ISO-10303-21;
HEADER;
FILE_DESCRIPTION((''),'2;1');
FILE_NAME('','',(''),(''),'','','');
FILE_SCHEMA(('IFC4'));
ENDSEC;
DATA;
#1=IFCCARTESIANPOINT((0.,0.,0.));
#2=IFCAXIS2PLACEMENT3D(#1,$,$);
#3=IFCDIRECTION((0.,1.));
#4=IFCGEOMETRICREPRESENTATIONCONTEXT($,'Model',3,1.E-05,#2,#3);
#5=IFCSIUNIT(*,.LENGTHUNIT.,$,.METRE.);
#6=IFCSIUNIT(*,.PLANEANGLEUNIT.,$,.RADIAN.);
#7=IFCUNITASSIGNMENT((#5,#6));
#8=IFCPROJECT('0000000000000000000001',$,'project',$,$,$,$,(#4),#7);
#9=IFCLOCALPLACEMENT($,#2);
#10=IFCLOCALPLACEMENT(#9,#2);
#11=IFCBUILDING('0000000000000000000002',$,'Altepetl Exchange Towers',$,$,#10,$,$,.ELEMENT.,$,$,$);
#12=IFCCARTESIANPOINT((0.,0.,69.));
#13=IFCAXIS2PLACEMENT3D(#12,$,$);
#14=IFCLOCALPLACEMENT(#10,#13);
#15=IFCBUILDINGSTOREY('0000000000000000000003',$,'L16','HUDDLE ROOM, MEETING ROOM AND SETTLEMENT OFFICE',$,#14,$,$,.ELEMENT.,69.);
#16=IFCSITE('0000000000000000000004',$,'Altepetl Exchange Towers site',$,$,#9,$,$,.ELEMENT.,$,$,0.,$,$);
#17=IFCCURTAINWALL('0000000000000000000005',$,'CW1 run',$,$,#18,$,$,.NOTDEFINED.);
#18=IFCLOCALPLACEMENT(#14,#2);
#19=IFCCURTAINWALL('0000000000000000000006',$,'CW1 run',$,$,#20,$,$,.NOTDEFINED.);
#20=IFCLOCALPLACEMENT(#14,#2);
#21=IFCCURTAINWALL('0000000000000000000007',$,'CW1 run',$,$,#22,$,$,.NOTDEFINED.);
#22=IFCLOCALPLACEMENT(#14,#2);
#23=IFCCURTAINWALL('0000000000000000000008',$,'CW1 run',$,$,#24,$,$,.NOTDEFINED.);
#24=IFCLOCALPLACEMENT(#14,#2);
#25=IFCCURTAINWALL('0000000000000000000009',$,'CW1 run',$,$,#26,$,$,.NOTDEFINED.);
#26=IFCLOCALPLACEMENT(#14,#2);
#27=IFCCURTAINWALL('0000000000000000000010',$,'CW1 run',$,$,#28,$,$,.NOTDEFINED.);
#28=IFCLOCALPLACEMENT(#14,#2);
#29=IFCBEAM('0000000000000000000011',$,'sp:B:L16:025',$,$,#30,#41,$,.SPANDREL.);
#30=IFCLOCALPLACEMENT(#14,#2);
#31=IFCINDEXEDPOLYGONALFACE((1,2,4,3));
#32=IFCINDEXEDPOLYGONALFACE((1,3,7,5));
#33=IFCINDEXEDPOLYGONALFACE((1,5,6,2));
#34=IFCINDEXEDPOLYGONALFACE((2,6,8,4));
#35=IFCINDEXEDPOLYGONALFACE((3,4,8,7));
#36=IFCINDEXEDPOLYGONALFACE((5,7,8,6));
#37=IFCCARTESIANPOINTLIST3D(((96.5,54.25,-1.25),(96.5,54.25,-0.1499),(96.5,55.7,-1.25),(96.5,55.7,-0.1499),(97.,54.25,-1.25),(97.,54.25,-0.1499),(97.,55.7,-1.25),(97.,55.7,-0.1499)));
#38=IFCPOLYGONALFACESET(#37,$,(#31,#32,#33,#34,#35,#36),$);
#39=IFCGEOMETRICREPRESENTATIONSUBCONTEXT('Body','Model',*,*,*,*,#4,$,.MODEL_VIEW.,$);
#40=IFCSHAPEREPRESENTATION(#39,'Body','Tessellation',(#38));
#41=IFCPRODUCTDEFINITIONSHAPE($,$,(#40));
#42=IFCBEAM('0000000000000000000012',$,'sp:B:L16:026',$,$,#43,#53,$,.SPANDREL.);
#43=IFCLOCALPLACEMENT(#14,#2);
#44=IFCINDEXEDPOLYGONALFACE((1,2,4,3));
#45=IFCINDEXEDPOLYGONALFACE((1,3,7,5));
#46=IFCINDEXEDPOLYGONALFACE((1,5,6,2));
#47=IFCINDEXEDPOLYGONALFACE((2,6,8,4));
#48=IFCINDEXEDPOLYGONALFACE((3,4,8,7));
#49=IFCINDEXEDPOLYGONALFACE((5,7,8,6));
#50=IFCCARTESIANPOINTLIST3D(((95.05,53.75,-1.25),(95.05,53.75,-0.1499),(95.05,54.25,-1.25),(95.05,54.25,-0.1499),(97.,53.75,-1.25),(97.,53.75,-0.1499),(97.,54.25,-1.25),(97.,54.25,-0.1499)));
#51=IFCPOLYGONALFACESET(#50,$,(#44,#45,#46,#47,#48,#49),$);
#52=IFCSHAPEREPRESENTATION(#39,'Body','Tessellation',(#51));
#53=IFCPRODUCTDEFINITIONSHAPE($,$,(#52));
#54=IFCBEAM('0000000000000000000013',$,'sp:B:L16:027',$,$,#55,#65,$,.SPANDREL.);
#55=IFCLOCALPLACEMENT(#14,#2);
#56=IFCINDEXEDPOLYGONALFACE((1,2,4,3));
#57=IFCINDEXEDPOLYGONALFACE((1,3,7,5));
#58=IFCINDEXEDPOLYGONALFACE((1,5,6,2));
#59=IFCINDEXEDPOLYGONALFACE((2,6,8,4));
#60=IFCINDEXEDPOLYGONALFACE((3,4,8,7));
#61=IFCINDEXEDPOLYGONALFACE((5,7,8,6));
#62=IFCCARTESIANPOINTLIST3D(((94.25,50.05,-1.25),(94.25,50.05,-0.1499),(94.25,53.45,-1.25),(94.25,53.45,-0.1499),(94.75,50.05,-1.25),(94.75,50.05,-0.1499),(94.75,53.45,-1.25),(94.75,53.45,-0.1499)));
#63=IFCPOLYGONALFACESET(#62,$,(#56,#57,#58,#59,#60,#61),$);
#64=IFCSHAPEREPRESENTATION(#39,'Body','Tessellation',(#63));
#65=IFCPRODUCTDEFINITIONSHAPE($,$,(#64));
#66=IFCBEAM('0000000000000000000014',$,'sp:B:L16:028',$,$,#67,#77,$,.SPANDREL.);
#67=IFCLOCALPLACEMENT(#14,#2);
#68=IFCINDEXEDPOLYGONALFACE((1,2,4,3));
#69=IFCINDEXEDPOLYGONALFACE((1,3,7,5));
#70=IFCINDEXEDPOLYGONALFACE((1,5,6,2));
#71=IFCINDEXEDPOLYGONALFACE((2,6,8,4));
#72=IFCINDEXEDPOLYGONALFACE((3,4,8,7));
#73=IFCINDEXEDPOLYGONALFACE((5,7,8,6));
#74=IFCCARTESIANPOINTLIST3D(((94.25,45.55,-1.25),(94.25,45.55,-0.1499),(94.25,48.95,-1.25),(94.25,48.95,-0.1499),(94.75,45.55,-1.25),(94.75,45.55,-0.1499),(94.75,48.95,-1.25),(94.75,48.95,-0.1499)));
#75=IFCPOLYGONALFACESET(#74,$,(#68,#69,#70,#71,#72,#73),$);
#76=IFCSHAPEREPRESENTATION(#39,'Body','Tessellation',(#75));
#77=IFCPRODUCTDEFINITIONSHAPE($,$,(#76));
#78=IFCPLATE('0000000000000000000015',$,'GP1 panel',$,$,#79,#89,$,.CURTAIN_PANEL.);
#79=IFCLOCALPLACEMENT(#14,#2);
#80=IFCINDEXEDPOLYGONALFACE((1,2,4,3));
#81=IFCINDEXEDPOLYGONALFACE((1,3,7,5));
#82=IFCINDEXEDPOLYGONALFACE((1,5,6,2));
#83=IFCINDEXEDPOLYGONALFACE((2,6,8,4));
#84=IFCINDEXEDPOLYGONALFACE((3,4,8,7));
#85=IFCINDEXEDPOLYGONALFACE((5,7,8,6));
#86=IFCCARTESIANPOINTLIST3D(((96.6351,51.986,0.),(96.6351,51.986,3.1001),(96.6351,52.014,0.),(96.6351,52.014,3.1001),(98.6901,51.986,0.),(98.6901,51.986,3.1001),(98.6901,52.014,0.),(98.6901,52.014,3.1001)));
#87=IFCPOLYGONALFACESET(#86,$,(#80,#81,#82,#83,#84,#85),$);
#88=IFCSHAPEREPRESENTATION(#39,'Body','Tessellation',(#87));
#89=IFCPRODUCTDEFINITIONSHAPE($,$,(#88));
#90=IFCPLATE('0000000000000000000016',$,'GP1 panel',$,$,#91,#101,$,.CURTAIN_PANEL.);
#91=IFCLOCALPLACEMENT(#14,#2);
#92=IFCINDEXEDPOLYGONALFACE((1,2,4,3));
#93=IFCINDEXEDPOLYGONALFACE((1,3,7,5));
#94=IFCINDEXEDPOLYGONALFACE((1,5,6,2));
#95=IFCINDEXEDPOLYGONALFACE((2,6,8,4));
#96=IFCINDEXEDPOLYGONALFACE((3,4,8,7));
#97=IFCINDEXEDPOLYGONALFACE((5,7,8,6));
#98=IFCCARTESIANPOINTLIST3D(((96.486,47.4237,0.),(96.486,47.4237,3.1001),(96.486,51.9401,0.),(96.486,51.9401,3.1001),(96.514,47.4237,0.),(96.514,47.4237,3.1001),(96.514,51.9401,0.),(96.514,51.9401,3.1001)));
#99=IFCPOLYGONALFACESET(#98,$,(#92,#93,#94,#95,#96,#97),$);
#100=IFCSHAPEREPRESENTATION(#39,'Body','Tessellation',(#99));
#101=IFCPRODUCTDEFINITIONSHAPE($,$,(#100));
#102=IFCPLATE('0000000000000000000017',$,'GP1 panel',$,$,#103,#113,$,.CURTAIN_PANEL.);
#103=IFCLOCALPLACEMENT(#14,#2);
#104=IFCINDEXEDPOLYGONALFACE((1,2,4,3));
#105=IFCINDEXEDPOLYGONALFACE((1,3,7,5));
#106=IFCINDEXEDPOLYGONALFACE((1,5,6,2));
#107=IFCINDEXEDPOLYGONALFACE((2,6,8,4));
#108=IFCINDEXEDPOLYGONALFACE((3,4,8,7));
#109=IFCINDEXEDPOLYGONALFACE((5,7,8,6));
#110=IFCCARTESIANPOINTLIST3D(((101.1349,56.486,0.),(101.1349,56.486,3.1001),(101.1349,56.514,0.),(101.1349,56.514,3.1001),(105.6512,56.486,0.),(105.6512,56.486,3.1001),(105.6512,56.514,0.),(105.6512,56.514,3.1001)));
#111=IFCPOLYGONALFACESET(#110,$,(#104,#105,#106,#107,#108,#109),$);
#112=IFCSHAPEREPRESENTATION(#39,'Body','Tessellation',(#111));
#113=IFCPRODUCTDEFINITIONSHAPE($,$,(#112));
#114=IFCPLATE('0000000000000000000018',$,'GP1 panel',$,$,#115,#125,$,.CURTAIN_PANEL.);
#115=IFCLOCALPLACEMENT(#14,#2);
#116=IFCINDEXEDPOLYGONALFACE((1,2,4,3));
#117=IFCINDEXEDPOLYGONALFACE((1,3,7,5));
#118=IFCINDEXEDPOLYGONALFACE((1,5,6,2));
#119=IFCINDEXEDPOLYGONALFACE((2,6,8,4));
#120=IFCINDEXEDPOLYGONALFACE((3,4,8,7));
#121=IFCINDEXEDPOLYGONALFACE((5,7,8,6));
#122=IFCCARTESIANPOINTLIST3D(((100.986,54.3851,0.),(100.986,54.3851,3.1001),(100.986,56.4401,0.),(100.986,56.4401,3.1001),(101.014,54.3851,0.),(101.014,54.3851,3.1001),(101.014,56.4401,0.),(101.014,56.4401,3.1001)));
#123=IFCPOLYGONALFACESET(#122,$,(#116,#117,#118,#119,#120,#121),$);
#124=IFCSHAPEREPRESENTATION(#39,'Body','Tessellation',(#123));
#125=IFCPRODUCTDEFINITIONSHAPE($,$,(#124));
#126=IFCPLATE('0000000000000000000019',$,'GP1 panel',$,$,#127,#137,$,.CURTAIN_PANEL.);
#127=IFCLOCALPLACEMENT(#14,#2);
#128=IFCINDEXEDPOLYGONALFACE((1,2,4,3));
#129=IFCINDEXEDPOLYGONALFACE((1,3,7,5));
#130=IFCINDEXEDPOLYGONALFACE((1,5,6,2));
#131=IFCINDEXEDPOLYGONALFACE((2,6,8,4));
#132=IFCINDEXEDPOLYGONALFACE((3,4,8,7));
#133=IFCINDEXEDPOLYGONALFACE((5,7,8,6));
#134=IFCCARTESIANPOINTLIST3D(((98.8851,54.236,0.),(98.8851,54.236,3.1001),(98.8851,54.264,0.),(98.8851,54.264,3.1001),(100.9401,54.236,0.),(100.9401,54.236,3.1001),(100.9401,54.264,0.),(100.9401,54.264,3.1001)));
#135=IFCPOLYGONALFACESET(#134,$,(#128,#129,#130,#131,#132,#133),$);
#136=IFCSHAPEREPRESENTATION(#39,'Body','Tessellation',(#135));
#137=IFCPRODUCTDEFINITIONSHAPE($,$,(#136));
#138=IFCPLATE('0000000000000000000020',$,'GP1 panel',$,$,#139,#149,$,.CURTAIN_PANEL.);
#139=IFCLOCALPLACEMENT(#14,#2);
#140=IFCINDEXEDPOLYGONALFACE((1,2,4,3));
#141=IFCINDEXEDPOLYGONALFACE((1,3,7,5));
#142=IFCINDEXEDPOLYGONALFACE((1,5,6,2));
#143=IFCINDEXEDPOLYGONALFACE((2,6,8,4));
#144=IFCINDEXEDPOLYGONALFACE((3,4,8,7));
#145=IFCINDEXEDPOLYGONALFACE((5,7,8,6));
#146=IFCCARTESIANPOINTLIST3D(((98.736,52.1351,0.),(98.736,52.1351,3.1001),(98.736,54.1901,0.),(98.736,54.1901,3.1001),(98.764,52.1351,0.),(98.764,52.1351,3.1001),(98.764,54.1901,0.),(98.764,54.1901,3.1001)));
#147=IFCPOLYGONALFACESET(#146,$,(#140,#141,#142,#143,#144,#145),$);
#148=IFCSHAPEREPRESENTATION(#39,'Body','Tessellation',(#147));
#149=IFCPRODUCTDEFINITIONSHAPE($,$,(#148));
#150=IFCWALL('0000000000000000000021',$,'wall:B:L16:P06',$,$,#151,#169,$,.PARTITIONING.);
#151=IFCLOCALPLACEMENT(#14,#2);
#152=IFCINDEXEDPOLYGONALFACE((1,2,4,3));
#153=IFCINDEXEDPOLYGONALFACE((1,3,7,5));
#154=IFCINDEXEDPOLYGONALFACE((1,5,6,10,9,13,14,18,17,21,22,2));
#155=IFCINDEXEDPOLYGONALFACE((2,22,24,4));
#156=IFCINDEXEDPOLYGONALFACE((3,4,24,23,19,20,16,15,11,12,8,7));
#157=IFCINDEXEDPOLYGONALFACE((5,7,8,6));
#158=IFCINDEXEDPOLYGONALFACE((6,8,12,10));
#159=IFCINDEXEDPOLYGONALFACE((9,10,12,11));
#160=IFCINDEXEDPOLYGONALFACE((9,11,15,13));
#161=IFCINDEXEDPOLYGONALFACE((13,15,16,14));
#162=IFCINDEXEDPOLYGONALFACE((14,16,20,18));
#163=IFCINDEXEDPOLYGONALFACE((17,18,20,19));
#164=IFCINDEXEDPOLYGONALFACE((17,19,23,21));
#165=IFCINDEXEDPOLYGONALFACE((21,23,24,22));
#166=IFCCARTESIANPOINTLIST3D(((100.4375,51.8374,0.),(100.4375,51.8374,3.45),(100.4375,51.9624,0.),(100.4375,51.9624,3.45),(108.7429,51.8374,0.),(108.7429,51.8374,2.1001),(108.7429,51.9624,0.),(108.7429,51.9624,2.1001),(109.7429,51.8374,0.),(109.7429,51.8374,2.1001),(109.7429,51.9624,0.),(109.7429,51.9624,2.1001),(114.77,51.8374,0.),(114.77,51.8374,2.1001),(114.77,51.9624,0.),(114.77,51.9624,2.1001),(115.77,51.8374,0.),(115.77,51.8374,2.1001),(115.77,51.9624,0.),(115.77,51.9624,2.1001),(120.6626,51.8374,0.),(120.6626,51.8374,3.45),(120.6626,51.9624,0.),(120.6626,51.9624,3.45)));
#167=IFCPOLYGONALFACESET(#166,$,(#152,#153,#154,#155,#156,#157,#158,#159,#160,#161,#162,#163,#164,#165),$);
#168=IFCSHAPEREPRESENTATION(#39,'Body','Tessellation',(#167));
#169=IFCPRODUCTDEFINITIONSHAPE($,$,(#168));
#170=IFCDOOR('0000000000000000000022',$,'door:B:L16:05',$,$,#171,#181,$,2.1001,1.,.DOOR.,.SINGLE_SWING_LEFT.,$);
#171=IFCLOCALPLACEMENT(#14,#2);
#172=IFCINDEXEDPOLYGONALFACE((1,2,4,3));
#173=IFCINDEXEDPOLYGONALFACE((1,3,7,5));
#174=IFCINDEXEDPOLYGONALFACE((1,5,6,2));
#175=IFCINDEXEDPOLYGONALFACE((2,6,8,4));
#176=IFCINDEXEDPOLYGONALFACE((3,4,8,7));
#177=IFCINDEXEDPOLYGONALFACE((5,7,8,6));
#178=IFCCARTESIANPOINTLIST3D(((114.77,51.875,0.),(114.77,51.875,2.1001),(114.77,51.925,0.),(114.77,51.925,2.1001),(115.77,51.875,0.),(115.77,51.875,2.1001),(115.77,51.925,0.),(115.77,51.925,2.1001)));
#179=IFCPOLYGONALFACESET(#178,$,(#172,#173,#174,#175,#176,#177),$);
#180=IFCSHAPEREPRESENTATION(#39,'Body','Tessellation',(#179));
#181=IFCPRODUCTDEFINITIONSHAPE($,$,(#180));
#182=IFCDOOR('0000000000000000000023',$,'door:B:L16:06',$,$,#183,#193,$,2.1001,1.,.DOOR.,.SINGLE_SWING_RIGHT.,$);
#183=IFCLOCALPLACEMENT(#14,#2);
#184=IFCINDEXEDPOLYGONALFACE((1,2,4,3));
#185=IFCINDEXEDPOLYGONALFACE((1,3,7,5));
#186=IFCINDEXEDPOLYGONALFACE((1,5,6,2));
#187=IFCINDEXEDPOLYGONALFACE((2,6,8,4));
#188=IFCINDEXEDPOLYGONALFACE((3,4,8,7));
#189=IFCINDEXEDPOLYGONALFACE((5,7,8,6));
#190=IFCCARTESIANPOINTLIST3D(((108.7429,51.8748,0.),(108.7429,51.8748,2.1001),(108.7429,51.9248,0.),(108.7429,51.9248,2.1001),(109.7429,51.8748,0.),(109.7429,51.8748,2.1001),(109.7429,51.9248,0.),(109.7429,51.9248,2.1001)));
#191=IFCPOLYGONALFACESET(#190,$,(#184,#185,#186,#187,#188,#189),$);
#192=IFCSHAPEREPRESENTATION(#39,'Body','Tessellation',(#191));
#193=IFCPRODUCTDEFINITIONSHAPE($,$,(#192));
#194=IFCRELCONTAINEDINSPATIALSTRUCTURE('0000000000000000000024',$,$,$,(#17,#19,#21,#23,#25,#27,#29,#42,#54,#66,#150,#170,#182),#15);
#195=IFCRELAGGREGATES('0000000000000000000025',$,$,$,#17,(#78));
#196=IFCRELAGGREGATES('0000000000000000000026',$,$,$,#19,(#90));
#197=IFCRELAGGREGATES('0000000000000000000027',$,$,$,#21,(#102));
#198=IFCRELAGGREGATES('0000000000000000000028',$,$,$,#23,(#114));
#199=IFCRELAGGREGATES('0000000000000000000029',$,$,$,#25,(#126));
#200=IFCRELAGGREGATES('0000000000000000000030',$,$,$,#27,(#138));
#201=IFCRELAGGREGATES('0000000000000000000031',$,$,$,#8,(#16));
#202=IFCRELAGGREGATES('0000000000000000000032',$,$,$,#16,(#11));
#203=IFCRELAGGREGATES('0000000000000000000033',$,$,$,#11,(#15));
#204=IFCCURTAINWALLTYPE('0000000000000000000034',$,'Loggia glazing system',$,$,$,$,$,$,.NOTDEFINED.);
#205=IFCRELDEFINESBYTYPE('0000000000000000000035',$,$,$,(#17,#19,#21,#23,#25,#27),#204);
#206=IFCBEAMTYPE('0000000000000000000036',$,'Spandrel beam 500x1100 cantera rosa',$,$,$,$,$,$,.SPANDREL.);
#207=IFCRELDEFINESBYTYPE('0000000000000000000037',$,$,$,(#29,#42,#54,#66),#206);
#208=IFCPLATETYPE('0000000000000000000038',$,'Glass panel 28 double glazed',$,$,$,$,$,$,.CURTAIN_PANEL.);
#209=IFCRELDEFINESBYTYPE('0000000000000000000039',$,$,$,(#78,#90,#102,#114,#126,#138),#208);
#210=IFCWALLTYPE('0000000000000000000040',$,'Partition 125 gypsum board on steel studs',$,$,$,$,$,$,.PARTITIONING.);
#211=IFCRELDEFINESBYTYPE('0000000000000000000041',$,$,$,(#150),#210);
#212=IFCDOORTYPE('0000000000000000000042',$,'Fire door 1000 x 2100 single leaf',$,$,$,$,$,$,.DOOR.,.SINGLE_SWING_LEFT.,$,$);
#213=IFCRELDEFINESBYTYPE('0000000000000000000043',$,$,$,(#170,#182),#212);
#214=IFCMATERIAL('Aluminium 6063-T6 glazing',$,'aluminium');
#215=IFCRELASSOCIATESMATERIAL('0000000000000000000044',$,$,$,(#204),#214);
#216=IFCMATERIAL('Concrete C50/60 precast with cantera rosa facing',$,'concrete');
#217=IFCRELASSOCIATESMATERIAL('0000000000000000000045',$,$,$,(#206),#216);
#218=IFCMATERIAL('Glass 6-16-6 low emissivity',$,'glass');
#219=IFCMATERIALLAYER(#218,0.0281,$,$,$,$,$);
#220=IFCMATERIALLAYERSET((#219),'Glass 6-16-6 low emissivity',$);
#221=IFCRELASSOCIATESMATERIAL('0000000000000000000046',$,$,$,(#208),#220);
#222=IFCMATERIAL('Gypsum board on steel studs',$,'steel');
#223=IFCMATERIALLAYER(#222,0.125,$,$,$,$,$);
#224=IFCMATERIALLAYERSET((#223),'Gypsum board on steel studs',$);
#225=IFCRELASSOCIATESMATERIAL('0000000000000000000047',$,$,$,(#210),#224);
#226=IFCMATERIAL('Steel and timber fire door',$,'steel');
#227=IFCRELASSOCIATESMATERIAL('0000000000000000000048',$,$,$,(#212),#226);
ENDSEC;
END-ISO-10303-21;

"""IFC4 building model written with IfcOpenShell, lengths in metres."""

from ifc_helpers import new_model, si_unit, direction, frame, frame_2d, origin, origin_2d, place, context, subcontext, project, spatial, rectangle, extrude, material, layer, layer_set, material_profile, profile_set, type_object, element, fill, aggregate, save


model = new_model("IFC4")

# Units and contexts
model_context = context("Model", 3, precision=1e-05, world=origin(), true_north=direction((0.0, 1.0)))
body_context = subcontext(model_context, "Body", "Model", "MODEL_VIEW")
ifc_project = project(units=[si_unit("LENGTHUNIT", "METRE"), si_unit("PLANEANGLEUNIT", "RADIAN")], contexts=[model_context])

# Site, building, storey
site_placement = place(None, origin())
site = spatial("IfcSite", under=ifc_project, at=site_placement, Name="Altepetl Exchange Towers site", CompositionType="ELEMENT", RefElevation=0.0)
building_placement = place(site_placement, origin())
building = spatial("IfcBuilding", under=site, at=building_placement, Name="Altepetl Exchange Towers", CompositionType="ELEMENT")
storey_placement = place(building_placement, frame((0.0, 0.0, 69.0)))
storey = spatial("IfcBuildingStorey", under=building, at=storey_placement, Name="L16", Description="HUDDLE ROOM, MEETING ROOM AND SETTLEMENT OFFICE", CompositionType="ELEMENT", Elevation=69.0)

# Curtain walls
ifc_material_1 = material(Name="Aluminium 6063-T6 glazing", Category="aluminium")
curtain_wall_type = type_object("IfcCurtainWallType", Name="Loggia glazing system", PredefinedType="NOTDEFINED", material=ifc_material_1)
curtain_wall_1_placement = place(storey_placement, origin())
curtain_wall_1 = element("IfcCurtainWall", 1, at=curtain_wall_1_placement, inside=storey, type_object=curtain_wall_type, Name="CW1 run", PredefinedType="NOTDEFINED")
curtain_wall_2_placement = place(storey_placement, origin())
curtain_wall_2 = element("IfcCurtainWall", 2, at=curtain_wall_2_placement, inside=storey, type_object=curtain_wall_type, Name="CW1 run", PredefinedType="NOTDEFINED")

# Curtain wall
curtain_wall_3_placement = place(storey_placement, origin())
curtain_wall_3 = element("IfcCurtainWall", 3, at=curtain_wall_3_placement, inside=storey, type_object=curtain_wall_type, Name="CW1 run", PredefinedType="NOTDEFINED")

# Curtain walls
curtain_wall_4_placement = place(storey_placement, origin())
curtain_wall_4 = element("IfcCurtainWall", 4, at=curtain_wall_4_placement, inside=storey, type_object=curtain_wall_type, Name="CW1 run", PredefinedType="NOTDEFINED")
curtain_wall_5_placement = place(storey_placement, origin())
curtain_wall_5 = element("IfcCurtainWall", 5, at=curtain_wall_5_placement, inside=storey, type_object=curtain_wall_type, Name="CW1 run", PredefinedType="NOTDEFINED")
curtain_wall_6_placement = place(storey_placement, origin())
curtain_wall_6 = element("IfcCurtainWall", 6, at=curtain_wall_6_placement, inside=storey, type_object=curtain_wall_type, Name="CW1 run", PredefinedType="NOTDEFINED")

# Beams
ifc_material_2 = material(Name="Concrete C50/60 precast with cantera rosa facing", Category="concrete")
ifc_material_profile_1 = material_profile(ifc_material_2, rectangle(XDim=0.5, YDim=1.1001, at=origin_2d()), Name="500 x 1100")
ifc_profile_set_1 = profile_set([ifc_material_profile_1], Name="Concrete C50/60 precast with cantera rosa facing")
beam_type_1 = type_object("IfcBeamType", Name="Spandrel beam 500x1100 cantera rosa", PredefinedType="SPANDREL", material=ifc_profile_set_1)
beam_1_placement = place(storey_placement, frame((96.75, 55.7, -0.7), z_axis=(0.0, -1.0, 0.0), x_axis=(1.0, 0.0, 0.0)))
element("IfcBeam", 7, at=beam_1_placement, inside=storey, type_object=beam_type_1, Name="sp:B:L16:025", PredefinedType="SPANDREL", context=body_context, shape_type="SweptSolid", body=[
    extrude(rectangle(XDim=0.5, YDim=1.1001, at=origin_2d()), origin(), (0.0, 0.0, 1.0), 1.45),
])
beam_2_placement = place(storey_placement, frame((97.0, 54.0, -0.7), z_axis=(-1.0, 0.0, 0.0), x_axis=(0.0, -1.0, 0.0)))
element("IfcBeam", 8, at=beam_2_placement, inside=storey, type_object=beam_type_1, Name="sp:B:L16:026", PredefinedType="SPANDREL", context=body_context, shape_type="SweptSolid", body=[
    extrude(rectangle(XDim=0.5, YDim=1.1001, at=origin_2d()), origin(), (0.0, 0.0, 1.0), 1.95),
])
for number, where, z_axis, x_axis, name in (
    (9, (94.5, 53.45, -0.7), (0.0, -1.0, 0.0), (1.0, 0.0, 0.0), "sp:B:L16:027"),
    (10, (94.5, 48.95, -0.7), (0.0, -1.0, 0.0), (1.0, 0.0, 0.0), "sp:B:L16:028"),
):
    element("IfcBeam", number, at=place(storey_placement, frame(where, z_axis=z_axis, x_axis=x_axis)), inside=storey, type_object=beam_type_1, Name=name, PredefinedType="SPANDREL", context=body_context, shape_type="SweptSolid", body=[
        extrude(rectangle(XDim=0.5, YDim=1.1001, at=origin_2d()), origin(), (0.0, 0.0, 1.0), 3.3999),
    ])

# Plates
ifc_material_3 = material(Name="Glass 6-16-6 low emissivity", Category="glass")
ifc_layer_1 = layer(ifc_material_3, 0.0281)
ifc_layer_set_1 = layer_set([ifc_layer_1], Name="Glass 6-16-6 low emissivity")
plate_type = type_object("IfcPlateType", Name="Glass panel 28 double glazed", PredefinedType="CURTAIN_PANEL", material=ifc_layer_set_1)
plate_1_placement = place(storey_placement, frame((97.6626, 52.0, 0.0), z_axis=(0.0, 0.0, 1.0), x_axis=(-1.0, 0.0, 0.0)))
plate_1 = element("IfcPlate", 11, at=plate_1_placement, type_object=plate_type, Name="GP1 panel", PredefinedType="CURTAIN_PANEL", context=body_context, shape_type="SweptSolid", body=[
    extrude(rectangle(XDim=2.0549, YDim=0.0281, at=origin_2d()), origin(), (0.0, 0.0, 1.0), 3.1001),
])
aggregate(curtain_wall_1, [plate_1])
plate_2_placement = place(storey_placement, frame((96.5, 49.6819, 0.0), z_axis=(0.0, 0.0, 1.0), x_axis=(0.0, -1.0, 0.0)))
plate_2 = element("IfcPlate", 12, at=plate_2_placement, type_object=plate_type, Name="GP1 panel", PredefinedType="CURTAIN_PANEL", context=body_context, shape_type="SweptSolid", body=[
    extrude(rectangle(XDim=4.5164, YDim=0.0281, at=origin_2d()), origin(), (0.0, 0.0, 1.0), 3.1001),
])
aggregate(curtain_wall_2, [plate_2])
plate_3_placement = place(storey_placement, frame((103.3931, 56.5, 0.0), z_axis=(0.0, 0.0, 1.0), x_axis=(-1.0, 0.0, 0.0)))
plate_3 = element("IfcPlate", 13, at=plate_3_placement, type_object=plate_type, Name="GP1 panel", PredefinedType="CURTAIN_PANEL", context=body_context, shape_type="SweptSolid", body=[
    extrude(rectangle(XDim=4.5164, YDim=0.0281, at=origin_2d()), origin(), (0.0, 0.0, 1.0), 3.1001),
])
aggregate(curtain_wall_3, [plate_3])
plate_4_placement = place(storey_placement, frame((101.0, 55.4126, 0.0), z_axis=(0.0, 0.0, 1.0), x_axis=(0.0, -1.0, 0.0)))
plate_4 = element("IfcPlate", 14, at=plate_4_placement, type_object=plate_type, Name="GP1 panel", PredefinedType="CURTAIN_PANEL", context=body_context, shape_type="SweptSolid", body=[
    extrude(rectangle(XDim=2.0549, YDim=0.0281, at=origin_2d()), origin(), (0.0, 0.0, 1.0), 3.1001),
])
aggregate(curtain_wall_4, [plate_4])
plate_5_placement = place(storey_placement, frame((99.9126, 54.25, 0.0), z_axis=(0.0, 0.0, 1.0), x_axis=(-1.0, 0.0, 0.0)))
plate_5 = element("IfcPlate", 15, at=plate_5_placement, type_object=plate_type, Name="GP1 panel", PredefinedType="CURTAIN_PANEL", context=body_context, shape_type="SweptSolid", body=[
    extrude(rectangle(XDim=2.0549, YDim=0.0281, at=origin_2d()), origin(), (0.0, 0.0, 1.0), 3.1001),
])
aggregate(curtain_wall_5, [plate_5])
plate_6_placement = place(storey_placement, frame((98.75, 53.1626, 0.0), z_axis=(0.0, 0.0, 1.0), x_axis=(0.0, -1.0, 0.0)))
plate_6 = element("IfcPlate", 16, at=plate_6_placement, type_object=plate_type, Name="GP1 panel", PredefinedType="CURTAIN_PANEL", context=body_context, shape_type="SweptSolid", body=[
    extrude(rectangle(XDim=2.0549, YDim=0.0281, at=origin_2d()), origin(), (0.0, 0.0, 1.0), 3.1001),
])
aggregate(curtain_wall_6, [plate_6])

# Wall, openings, doors
ifc_material_4 = material(Name="Gypsum board on steel studs", Category="steel")
ifc_layer_2 = layer(ifc_material_4, 0.125)
ifc_layer_set_2 = layer_set([ifc_layer_2], Name="Gypsum board on steel studs")
wall_type = type_object("IfcWallType", Name="Partition 125 gypsum board on steel studs", PredefinedType="PARTITIONING", material=ifc_layer_set_2)
wall_placement = place(storey_placement, frame((100.4375, 51.8999, 0.0)))
wall = element("IfcWall", 17, at=wall_placement, inside=storey, type_object=wall_type, Name="wall:B:L16:P06", PredefinedType="PARTITIONING", context=body_context, shape_type="SweptSolid", body=[
    extrude(rectangle(XDim=20.2251, YDim=0.125, at=frame_2d((10.1125, 0.0))), origin(), (0.0, 0.0, 1.0), 3.45),
])
opening_1_placement = place(wall_placement, frame((14.3325, 0.0, 0.0)))
opening_1 = element("IfcOpeningElement", 18, at=opening_1_placement, cuts=wall, PredefinedType="OPENING", context=body_context, shape_type="SweptSolid", body=[
    extrude(rectangle(XDim=1.0, YDim=2.1001, at=frame_2d((0.5, 1.05))), frame((0.0, 0.0725, 0.0), z_axis=(0.0, -1.0, 0.0), x_axis=(1.0, 0.0, 0.0)), (0.0, 0.0, 1.0), 0.145),
])
opening_2_placement = place(wall_placement, frame((8.3054, 0.0, 0.0)))
opening_2 = element("IfcOpeningElement", 19, at=opening_2_placement, cuts=wall, PredefinedType="OPENING", context=body_context, shape_type="SweptSolid", body=[
    extrude(rectangle(XDim=1.0, YDim=2.1001, at=frame_2d((0.5, 1.05))), frame((0.0, 0.0725, 0.0), z_axis=(0.0, -1.0, 0.0), x_axis=(1.0, 0.0, 0.0)), (0.0, 0.0, 1.0), 0.145),
])
ifc_material_5 = material(Name="Steel and timber fire door", Category="steel")
door_type = type_object("IfcDoorType", Name="Fire door 1000 x 2100 single leaf", OperationType="SINGLE_SWING_LEFT", PredefinedType="DOOR", material=ifc_material_5)
door_1_placement = place(opening_1_placement, frame((1.0, 0.0, 0.0), x_axis=(-1.0, 0.0, 0.0)))
door_1 = element("IfcDoor", 20, at=door_1_placement, inside=storey, type_object=door_type, Name="door:B:L16:05", OperationType="SINGLE_SWING_LEFT", OverallHeight=2.1001, OverallWidth=1.0, PredefinedType="DOOR", context=body_context, shape_type="SweptSolid", body=[
    extrude(rectangle(XDim=1.0, YDim=2.1001, at=frame_2d((0.5, 1.05))), frame((0.0, 0.0249, 0.0), z_axis=(0.0, -1.0, 0.0), x_axis=(1.0, 0.0, 0.0)), (0.0, 0.0, 1.0), 0.05),
])
fill(opening_1, door_1)
door_2_placement = place(opening_2_placement, origin())
door_2 = element("IfcDoor", 21, at=door_2_placement, inside=storey, type_object=door_type, Name="door:B:L16:06", OperationType="SINGLE_SWING_RIGHT", OverallHeight=2.1001, OverallWidth=1.0, PredefinedType="DOOR", context=body_context, shape_type="SweptSolid", body=[
    extrude(rectangle(XDim=1.0, YDim=2.1001, at=frame_2d((0.5, 1.05))), frame((0.0, 0.0249, 0.0), z_axis=(0.0, -1.0, 0.0), x_axis=(1.0, 0.0, 0.0)), (0.0, 0.0, 1.0), 0.05),
])
fill(opening_2, door_2)

save(model, "model.ifc")
